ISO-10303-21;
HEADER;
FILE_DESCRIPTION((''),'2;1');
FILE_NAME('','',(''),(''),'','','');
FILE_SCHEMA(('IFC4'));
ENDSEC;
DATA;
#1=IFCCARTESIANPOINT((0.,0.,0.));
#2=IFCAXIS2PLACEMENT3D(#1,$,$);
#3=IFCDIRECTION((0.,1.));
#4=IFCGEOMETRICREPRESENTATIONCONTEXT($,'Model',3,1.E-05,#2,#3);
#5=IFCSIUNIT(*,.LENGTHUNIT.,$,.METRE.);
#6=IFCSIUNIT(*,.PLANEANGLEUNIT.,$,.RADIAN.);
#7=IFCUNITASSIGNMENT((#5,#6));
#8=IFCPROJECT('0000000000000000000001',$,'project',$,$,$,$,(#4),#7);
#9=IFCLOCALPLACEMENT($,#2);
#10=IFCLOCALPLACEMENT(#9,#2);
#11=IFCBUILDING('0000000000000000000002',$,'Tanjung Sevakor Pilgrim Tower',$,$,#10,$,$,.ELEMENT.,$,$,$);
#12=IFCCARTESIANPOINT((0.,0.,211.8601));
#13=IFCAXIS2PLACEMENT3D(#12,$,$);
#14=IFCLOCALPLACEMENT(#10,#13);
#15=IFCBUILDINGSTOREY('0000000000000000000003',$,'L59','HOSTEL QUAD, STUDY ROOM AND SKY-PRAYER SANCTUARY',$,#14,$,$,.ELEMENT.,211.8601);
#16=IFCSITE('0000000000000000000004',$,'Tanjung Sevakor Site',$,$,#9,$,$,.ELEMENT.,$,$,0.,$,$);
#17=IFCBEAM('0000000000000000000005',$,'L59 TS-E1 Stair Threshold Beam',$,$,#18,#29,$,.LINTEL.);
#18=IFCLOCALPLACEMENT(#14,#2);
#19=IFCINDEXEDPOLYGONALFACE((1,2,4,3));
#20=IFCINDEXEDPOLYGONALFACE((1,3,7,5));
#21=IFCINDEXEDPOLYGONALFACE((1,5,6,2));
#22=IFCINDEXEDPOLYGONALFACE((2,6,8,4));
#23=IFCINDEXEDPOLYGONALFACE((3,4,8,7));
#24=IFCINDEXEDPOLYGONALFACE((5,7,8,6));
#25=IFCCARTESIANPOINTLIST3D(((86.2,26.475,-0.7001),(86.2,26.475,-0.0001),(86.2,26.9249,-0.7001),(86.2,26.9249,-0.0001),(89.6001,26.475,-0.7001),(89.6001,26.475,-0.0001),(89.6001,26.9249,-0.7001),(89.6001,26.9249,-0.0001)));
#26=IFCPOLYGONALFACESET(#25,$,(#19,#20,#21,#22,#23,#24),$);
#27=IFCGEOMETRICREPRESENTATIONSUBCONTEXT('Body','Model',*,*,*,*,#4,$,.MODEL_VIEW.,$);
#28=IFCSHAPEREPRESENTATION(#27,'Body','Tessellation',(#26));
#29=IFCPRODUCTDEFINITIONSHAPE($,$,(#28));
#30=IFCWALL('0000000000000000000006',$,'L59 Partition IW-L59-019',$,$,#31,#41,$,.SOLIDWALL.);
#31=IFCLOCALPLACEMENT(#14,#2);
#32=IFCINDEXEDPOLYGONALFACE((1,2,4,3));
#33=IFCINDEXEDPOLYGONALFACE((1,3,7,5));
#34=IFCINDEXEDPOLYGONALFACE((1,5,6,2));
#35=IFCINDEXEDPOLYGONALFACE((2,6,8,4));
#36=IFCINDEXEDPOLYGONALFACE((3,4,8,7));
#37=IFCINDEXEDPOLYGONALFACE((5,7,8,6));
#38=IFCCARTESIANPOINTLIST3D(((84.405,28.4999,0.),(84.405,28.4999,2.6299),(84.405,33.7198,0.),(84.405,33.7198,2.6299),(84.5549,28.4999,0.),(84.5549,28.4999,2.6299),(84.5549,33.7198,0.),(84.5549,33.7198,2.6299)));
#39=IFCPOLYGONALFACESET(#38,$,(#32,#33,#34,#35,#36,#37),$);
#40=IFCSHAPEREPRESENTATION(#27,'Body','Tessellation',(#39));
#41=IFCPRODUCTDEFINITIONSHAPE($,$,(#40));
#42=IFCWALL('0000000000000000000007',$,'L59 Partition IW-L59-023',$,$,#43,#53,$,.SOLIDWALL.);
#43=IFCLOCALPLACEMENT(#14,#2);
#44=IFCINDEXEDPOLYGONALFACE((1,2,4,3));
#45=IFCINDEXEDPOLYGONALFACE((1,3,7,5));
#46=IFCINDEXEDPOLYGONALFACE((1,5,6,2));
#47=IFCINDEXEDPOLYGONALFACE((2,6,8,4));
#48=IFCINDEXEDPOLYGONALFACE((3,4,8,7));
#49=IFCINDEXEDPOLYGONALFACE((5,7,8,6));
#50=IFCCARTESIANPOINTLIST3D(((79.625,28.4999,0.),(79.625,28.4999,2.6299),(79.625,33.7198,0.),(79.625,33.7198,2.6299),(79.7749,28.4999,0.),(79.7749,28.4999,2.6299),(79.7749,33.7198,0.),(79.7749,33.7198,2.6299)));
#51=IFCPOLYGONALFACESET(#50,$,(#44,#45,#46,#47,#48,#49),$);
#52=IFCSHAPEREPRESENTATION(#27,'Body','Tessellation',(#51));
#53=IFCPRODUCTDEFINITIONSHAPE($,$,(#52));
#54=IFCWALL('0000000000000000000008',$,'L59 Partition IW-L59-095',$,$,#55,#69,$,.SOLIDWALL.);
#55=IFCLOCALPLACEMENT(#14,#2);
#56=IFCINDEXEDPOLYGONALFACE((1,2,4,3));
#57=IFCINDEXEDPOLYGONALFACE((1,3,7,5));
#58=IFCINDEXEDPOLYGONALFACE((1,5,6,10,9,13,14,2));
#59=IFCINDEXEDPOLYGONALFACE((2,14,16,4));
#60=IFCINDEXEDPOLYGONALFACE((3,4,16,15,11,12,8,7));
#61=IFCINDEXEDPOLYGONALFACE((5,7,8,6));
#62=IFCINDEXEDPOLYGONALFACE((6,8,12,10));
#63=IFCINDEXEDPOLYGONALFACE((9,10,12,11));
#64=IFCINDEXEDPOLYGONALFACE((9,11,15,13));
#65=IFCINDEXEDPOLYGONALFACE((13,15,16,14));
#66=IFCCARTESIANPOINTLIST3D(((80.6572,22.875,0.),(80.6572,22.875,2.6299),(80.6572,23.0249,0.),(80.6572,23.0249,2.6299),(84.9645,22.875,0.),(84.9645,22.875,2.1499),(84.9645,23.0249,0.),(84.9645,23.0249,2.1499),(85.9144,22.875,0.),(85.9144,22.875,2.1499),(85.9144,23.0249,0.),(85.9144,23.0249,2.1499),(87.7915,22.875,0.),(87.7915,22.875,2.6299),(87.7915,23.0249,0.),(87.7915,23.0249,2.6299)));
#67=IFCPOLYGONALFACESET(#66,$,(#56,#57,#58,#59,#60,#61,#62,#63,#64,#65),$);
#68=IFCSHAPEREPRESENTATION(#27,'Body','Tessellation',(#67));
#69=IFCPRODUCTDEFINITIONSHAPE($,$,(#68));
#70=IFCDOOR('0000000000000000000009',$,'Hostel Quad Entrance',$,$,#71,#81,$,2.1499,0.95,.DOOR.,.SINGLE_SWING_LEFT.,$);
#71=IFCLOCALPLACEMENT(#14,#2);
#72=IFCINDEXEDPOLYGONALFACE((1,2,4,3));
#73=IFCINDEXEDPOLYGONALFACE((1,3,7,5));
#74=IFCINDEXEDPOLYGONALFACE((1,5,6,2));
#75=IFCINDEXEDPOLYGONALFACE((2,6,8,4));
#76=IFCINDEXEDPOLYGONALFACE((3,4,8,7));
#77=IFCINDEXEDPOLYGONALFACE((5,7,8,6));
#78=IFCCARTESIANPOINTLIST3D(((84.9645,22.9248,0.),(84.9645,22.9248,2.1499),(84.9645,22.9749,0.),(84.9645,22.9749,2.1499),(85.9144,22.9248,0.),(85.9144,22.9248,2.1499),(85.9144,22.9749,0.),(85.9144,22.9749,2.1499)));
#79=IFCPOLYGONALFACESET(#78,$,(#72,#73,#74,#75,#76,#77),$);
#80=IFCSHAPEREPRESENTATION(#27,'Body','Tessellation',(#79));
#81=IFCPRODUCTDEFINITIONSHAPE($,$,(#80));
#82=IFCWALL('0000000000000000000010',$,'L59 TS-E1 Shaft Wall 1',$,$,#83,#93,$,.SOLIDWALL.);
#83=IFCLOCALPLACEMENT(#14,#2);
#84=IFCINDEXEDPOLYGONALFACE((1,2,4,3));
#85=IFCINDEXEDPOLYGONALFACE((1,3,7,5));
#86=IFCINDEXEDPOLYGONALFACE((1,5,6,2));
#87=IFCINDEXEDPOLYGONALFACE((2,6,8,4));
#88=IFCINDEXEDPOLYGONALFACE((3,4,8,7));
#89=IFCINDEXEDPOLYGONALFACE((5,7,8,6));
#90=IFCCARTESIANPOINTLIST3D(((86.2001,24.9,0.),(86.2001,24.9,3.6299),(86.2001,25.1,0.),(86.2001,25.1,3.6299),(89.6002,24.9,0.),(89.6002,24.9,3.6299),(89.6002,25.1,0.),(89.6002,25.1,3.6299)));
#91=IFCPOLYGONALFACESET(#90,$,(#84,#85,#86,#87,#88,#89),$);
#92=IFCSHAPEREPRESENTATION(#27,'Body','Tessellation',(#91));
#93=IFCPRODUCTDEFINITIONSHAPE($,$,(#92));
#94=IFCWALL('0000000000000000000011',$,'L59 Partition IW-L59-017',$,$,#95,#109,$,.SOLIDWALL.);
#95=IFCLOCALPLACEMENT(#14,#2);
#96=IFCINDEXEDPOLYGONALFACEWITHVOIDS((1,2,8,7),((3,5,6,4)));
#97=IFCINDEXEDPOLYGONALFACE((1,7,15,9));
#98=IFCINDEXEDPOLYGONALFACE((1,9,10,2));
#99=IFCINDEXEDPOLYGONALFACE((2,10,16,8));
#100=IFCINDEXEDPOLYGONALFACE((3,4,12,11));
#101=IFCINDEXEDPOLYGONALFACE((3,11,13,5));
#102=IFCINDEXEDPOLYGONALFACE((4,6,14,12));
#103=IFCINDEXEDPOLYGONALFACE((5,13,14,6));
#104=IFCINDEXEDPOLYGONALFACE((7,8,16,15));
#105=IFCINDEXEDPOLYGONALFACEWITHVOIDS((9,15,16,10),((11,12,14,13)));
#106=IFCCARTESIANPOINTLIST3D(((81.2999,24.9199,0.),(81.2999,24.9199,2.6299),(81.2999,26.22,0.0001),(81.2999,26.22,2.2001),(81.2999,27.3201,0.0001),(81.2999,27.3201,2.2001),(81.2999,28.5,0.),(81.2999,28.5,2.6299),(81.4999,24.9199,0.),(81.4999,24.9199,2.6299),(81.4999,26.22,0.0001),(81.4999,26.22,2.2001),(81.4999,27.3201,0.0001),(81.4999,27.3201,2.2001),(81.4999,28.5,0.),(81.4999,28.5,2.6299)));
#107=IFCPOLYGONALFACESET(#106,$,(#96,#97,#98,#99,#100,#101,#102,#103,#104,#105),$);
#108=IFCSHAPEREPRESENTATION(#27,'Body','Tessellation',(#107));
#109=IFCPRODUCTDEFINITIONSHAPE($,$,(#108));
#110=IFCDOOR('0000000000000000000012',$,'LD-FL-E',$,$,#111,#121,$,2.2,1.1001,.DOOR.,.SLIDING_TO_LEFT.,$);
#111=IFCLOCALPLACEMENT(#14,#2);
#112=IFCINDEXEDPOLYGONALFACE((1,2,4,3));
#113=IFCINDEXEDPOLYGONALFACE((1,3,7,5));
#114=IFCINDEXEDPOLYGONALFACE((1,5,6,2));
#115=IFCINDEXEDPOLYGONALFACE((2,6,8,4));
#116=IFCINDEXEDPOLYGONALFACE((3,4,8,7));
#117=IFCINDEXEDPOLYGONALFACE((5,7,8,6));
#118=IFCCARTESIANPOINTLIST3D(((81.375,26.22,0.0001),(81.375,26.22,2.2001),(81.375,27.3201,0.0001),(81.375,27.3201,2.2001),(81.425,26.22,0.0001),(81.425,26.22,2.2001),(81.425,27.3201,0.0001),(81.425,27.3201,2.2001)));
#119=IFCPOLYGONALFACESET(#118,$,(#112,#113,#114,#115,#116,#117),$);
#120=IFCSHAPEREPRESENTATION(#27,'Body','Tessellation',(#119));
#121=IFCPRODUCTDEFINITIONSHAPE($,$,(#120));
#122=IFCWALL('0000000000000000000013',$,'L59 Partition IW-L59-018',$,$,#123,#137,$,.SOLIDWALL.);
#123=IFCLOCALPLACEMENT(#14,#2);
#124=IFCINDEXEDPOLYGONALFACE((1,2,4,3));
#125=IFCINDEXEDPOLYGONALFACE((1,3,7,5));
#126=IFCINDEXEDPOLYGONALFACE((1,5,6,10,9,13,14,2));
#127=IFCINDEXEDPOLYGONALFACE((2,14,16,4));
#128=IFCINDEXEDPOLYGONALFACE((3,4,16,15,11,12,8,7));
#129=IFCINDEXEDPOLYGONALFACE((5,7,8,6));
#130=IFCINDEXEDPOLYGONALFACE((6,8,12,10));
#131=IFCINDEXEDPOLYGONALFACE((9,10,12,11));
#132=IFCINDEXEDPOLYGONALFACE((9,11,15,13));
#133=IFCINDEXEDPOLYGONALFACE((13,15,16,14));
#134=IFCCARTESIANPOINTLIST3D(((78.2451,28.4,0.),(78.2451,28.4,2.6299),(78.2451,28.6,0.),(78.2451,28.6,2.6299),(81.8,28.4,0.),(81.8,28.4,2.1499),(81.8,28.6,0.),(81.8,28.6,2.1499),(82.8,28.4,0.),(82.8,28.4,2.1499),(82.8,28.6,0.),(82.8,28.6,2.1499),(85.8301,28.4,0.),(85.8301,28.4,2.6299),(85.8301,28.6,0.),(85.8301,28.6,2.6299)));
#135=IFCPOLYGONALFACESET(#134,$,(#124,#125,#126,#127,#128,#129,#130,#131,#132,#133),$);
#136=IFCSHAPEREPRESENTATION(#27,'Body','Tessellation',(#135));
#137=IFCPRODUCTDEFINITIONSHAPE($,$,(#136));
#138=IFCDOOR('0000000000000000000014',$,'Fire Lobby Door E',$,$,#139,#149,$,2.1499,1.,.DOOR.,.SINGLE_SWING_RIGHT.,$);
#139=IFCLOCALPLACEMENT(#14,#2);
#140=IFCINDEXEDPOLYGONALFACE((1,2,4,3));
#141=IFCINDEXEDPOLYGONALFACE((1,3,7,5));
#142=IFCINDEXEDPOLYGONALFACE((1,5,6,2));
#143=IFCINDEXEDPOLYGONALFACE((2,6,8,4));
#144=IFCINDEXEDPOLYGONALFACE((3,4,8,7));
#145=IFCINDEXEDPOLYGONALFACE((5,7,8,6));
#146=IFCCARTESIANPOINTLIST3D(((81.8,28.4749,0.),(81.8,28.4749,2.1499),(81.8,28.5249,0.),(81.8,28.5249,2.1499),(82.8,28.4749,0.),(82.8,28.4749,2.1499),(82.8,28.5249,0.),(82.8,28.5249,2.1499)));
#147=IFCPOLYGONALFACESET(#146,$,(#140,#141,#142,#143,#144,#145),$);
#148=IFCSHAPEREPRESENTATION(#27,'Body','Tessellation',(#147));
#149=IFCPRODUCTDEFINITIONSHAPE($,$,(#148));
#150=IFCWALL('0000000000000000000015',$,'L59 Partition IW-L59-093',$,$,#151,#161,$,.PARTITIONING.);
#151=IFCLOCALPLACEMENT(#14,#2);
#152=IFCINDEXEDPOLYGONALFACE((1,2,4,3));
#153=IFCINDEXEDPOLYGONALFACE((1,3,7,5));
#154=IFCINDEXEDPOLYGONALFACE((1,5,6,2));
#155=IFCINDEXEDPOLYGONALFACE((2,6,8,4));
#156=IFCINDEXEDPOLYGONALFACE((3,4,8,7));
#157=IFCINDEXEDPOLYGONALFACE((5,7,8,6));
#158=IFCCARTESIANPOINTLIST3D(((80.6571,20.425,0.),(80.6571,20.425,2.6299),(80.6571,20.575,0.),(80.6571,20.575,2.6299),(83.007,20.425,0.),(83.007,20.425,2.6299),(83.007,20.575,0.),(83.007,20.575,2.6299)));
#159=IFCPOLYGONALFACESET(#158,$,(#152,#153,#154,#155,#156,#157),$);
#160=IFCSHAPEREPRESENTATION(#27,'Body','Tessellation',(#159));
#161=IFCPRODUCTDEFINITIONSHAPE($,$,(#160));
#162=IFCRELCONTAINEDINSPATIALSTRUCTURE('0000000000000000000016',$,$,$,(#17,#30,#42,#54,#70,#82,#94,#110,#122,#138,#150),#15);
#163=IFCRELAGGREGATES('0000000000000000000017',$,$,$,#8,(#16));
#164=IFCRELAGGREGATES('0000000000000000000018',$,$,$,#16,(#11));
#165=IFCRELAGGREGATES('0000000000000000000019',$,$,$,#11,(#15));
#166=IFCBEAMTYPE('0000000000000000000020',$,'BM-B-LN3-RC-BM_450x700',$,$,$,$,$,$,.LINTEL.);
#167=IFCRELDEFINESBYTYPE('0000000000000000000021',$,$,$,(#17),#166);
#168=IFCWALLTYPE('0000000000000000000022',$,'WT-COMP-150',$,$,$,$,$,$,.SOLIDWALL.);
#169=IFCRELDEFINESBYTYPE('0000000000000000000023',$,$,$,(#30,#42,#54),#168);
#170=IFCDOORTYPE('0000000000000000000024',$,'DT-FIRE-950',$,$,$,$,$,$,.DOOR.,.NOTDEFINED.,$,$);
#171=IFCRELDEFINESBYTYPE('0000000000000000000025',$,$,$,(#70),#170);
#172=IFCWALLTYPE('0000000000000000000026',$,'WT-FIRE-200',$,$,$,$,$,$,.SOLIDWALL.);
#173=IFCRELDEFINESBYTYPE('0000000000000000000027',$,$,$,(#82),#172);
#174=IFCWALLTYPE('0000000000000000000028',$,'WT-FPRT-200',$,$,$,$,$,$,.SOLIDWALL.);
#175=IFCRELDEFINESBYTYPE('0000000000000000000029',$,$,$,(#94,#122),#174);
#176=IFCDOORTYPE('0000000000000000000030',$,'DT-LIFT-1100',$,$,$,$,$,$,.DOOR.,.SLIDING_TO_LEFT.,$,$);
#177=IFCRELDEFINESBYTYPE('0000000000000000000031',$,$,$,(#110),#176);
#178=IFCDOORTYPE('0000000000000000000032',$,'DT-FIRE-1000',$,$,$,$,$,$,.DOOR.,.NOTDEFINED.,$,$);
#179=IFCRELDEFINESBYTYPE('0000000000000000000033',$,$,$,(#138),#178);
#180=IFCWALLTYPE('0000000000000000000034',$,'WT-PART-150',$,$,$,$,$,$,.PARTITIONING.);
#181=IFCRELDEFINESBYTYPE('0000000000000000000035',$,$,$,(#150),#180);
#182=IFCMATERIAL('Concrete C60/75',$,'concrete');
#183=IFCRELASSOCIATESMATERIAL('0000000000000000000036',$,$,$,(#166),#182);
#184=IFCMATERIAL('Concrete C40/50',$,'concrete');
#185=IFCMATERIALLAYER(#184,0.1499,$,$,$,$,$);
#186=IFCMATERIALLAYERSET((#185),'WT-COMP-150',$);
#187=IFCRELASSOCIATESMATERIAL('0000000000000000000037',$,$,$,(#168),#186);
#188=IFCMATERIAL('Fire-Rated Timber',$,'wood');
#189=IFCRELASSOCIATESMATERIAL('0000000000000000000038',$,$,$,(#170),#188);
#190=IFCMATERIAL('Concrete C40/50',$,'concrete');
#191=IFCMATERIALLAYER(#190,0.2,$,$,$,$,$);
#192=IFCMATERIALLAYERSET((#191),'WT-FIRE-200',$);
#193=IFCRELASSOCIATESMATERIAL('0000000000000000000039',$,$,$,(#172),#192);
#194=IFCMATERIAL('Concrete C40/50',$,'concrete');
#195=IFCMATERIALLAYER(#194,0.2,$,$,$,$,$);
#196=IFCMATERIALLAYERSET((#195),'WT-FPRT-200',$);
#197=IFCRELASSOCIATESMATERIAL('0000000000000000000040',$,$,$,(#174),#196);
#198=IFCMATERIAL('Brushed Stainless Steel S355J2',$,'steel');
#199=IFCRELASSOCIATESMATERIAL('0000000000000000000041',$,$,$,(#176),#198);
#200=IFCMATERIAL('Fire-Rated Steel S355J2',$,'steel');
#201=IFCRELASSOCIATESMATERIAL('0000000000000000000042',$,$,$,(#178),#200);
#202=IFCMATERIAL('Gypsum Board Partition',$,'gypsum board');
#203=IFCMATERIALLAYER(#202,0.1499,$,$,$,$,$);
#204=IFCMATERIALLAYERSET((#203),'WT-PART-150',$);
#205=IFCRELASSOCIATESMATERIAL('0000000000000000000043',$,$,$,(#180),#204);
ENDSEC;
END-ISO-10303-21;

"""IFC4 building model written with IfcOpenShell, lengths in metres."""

from ifc_helpers import new_model, si_unit, direction, frame, frame_2d, origin, origin_2d, place, context, subcontext, project, spatial, rectangle, extrude, material, layer, layer_set, material_profile, profile_set, type_object, element, fill, save


model = new_model("IFC4")

# Units and contexts
model_context = context("Model", 3, precision=1e-05, world=origin(), true_north=direction((0.0, 1.0)))
body_context = subcontext(model_context, "Body", "Model", "MODEL_VIEW")
ifc_project = project(units=[si_unit("LENGTHUNIT", "METRE"), si_unit("PLANEANGLEUNIT", "RADIAN")], contexts=[model_context])

# Site, building, storey
site_placement = place(None, origin())
site = spatial("IfcSite", under=ifc_project, at=site_placement, Name="Tanjung Sevakor Site", CompositionType="ELEMENT", RefElevation=0.0)
building_placement = place(site_placement, origin())
building = spatial("IfcBuilding", under=site, at=building_placement, Name="Tanjung Sevakor Pilgrim Tower", CompositionType="ELEMENT")
storey_placement = place(building_placement, frame((0.0, 0.0, 211.8601)))
storey = spatial("IfcBuildingStorey", under=building, at=storey_placement, Name="L59", Description="HOSTEL QUAD, STUDY ROOM AND SKY-PRAYER SANCTUARY", CompositionType="ELEMENT", Elevation=211.8601)

# Beam
ifc_material_1 = material(Name="Concrete C60/75", Category="concrete")
ifc_material_profile = material_profile(ifc_material_1, rectangle(XDim=0.45, YDim=0.7, at=origin_2d()))
ifc_profile_set = profile_set([ifc_material_profile], Name="Concrete C60/75")
beam_type = type_object("IfcBeamType", Name="BM-B-LN3-RC-BM_450x700", PredefinedType="LINTEL", material=ifc_profile_set)
beam_placement = place(storey_placement, frame((86.2, 26.7, -0.3501), z_axis=(1.0, 0.0, 0.0), x_axis=(0.0, 1.0, 0.0)))
element("IfcBeam", 1, at=beam_placement, inside=storey, type_object=beam_type, Name="L59 TS-E1 Stair Threshold Beam", PredefinedType="LINTEL", context=body_context, shape_type="SweptSolid", body=[
    extrude(rectangle(XDim=0.45, YDim=0.7, at=origin_2d()), origin(), (0.0, 0.0, 1.0), 3.4001),
])

# Wall
ifc_material_2 = material(Name="Concrete C40/50", Category="concrete")
ifc_layer_1 = layer(ifc_material_2, 0.1499)
ifc_layer_set_1 = layer_set([ifc_layer_1], Name="WT-COMP-150")
wall_type_1 = type_object("IfcWallType", Name="WT-COMP-150", PredefinedType="SOLIDWALL", material=ifc_layer_set_1)
wall_1_placement = place(storey_placement, frame((84.48, 28.5, 0.0), z_axis=(0.0, 0.0, 1.0), x_axis=(0.0, 1.0, 0.0)))
element("IfcWall", 2, at=wall_1_placement, inside=storey, type_object=wall_type_1, Name="L59 Partition IW-L59-019", PredefinedType="SOLIDWALL", context=body_context, shape_type="SweptSolid", body=[
    extrude(rectangle(XDim=5.22, YDim=0.1499, at=frame_2d((2.6099, 0.0))), origin(), (0.0, 0.0, 1.0), 2.6299),
])

# Shared definitions
ifc_material_3 = material(Name="Fire-Rated Timber", Category="wood")
door_type_1 = type_object("IfcDoorType", Name="DT-FIRE-950", OperationType="NOTDEFINED", PredefinedType="DOOR", material=ifc_material_3)

# Wall
wall_2_placement = place(storey_placement, frame((79.7, 28.5, 0.0), z_axis=(0.0, 0.0, 1.0), x_axis=(0.0, 1.0, 0.0)))
element("IfcWall", 3, at=wall_2_placement, inside=storey, type_object=wall_type_1, Name="L59 Partition IW-L59-023", PredefinedType="SOLIDWALL", context=body_context, shape_type="SweptSolid", body=[
    extrude(rectangle(XDim=5.22, YDim=0.1499, at=frame_2d((2.6099, 0.0))), origin(), (0.0, 0.0, 1.0), 2.6299),
])

# Wall, opening, door
wall_3_placement = place(storey_placement, frame((80.6572, 22.95, 0.0), z_axis=(0.0, 0.0, 1.0), x_axis=(1.0, 0.0, 0.0)))
wall_3 = element("IfcWall", 4, at=wall_3_placement, inside=storey, type_object=wall_type_1, Name="L59 Partition IW-L59-095", PredefinedType="SOLIDWALL", context=body_context, shape_type="SweptSolid", body=[
    extrude(rectangle(XDim=7.1343, YDim=0.1499, at=frame_2d((3.5671, 0.0))), origin(), (0.0, 0.0, 1.0), 2.6299),
])
opening_1_placement = place(wall_3_placement, frame((4.3071, 0.0, 0.0)))
opening_1 = element("IfcOpeningElement", 5, at=opening_1_placement, cuts=wall_3, PredefinedType="OPENING", context=body_context, shape_type="SweptSolid", body=[
    extrude(rectangle(XDim=0.95, YDim=2.1499, at=frame_2d((0.4751, 1.075))), frame((0.0, 0.085, 0.0), z_axis=(0.0, -1.0, 0.0), x_axis=(1.0, 0.0, 0.0)), (0.0, 0.0, 1.0), 0.1699),
])
door_1_placement = place(opening_1_placement, origin())
door_1 = element("IfcDoor", 6, at=door_1_placement, inside=storey, type_object=door_type_1, Name="Hostel Quad Entrance", OperationType="SINGLE_SWING_LEFT", OverallHeight=2.1499, OverallWidth=0.95, PredefinedType="DOOR", context=body_context, shape_type="SweptSolid", body=[
    extrude(rectangle(XDim=0.95, YDim=2.1499, at=frame_2d((0.4751, 1.075))), frame((0.0, 0.0249, 0.0), z_axis=(0.0, -1.0, 0.0), x_axis=(1.0, 0.0, 0.0)), (0.0, 0.0, 1.0), 0.05),
])
fill(opening_1, door_1)

# Wall
ifc_material_4 = material(Name="Concrete C40/50", Category="concrete")
ifc_layer_2 = layer(ifc_material_4, 0.2)
ifc_layer_set_2 = layer_set([ifc_layer_2], Name="WT-FIRE-200")
wall_type_2 = type_object("IfcWallType", Name="WT-FIRE-200", PredefinedType="SOLIDWALL", material=ifc_layer_set_2)
wall_4_placement = place(storey_placement, frame((86.2, 25.0, 0.0), z_axis=(0.0, 0.0, 1.0), x_axis=(1.0, 0.0, 0.0)))
element("IfcWall", 7, at=wall_4_placement, inside=storey, type_object=wall_type_2, Name="L59 TS-E1 Shaft Wall 1", PredefinedType="SOLIDWALL", context=body_context, shape_type="SweptSolid", body=[
    extrude(rectangle(XDim=3.4001, YDim=0.2, at=frame_2d((1.7002, 0.0))), origin(), (0.0, 0.0, 1.0), 3.6299),
])

# Walls, openings, doors
ifc_material_5 = material(Name="Concrete C40/50", Category="concrete")
ifc_layer_3 = layer(ifc_material_5, 0.2)
ifc_layer_set_3 = layer_set([ifc_layer_3], Name="WT-FPRT-200")
wall_type_3 = type_object("IfcWallType", Name="WT-FPRT-200", PredefinedType="SOLIDWALL", material=ifc_layer_set_3)
wall_5_placement = place(storey_placement, frame((81.3999, 24.9199, 0.0), z_axis=(0.0, 0.0, 1.0), x_axis=(0.0, 1.0, 0.0)))
wall_5 = element("IfcWall", 8, at=wall_5_placement, inside=storey, type_object=wall_type_3, Name="L59 Partition IW-L59-017", PredefinedType="SOLIDWALL", context=body_context, shape_type="SweptSolid", body=[
    extrude(rectangle(XDim=3.5801, YDim=0.2, at=frame_2d((1.79, 0.0))), origin(), (0.0, 0.0, 1.0), 2.6299),
])
opening_2_placement = place(wall_5_placement, frame((1.3, 0.0, 0.0)))
opening_2 = element("IfcOpeningElement", 9, at=opening_2_placement, cuts=wall_5, PredefinedType="OPENING", context=body_context, shape_type="SweptSolid", body=[
    extrude(rectangle(XDim=1.1001, YDim=2.2, at=frame_2d((0.55, 1.1001))), frame((0.0, 0.1099, 0.0), z_axis=(0.0, -1.0, 0.0), x_axis=(1.0, 0.0, 0.0)), (0.0, 0.0, 1.0), 0.22),
])
ifc_material_6 = material(Name="Brushed Stainless Steel S355J2", Category="steel")
door_type_2 = type_object("IfcDoorType", Name="DT-LIFT-1100", OperationType="SLIDING_TO_LEFT", PredefinedType="DOOR", material=ifc_material_6)
door_2_placement = place(opening_2_placement, origin())
door_2 = element("IfcDoor", 10, at=door_2_placement, inside=storey, type_object=door_type_2, Name="LD-FL-E", OperationType="SLIDING_TO_LEFT", OverallHeight=2.2, OverallWidth=1.1001, PredefinedType="DOOR", context=body_context, shape_type="SweptSolid", body=[
    extrude(rectangle(XDim=1.1001, YDim=2.2, at=frame_2d((0.55, 1.1001))), frame((0.0, 0.0249, 0.0), z_axis=(0.0, -1.0, 0.0), x_axis=(1.0, 0.0, 0.0)), (0.0, 0.0, 1.0), 0.05),
])
fill(opening_2, door_2)
wall_6_placement = place(storey_placement, frame((78.2451, 28.5, 0.0), z_axis=(0.0, 0.0, 1.0), x_axis=(1.0, 0.0, 0.0)))
wall_6 = element("IfcWall", 11, at=wall_6_placement, inside=storey, type_object=wall_type_3, Name="L59 Partition IW-L59-018", PredefinedType="SOLIDWALL", context=body_context, shape_type="SweptSolid", body=[
    extrude(rectangle(XDim=7.585, YDim=0.2, at=frame_2d((3.7925, 0.0))), origin(), (0.0, 0.0, 1.0), 2.6299),
])
opening_3_placement = place(wall_6_placement, frame((3.5549, 0.0, 0.0)))
opening_3 = element("IfcOpeningElement", 12, at=opening_3_placement, cuts=wall_6, PredefinedType="OPENING", context=body_context, shape_type="SweptSolid", body=[
    extrude(rectangle(XDim=1.0, YDim=2.1499, at=frame_2d((0.5, 1.075))), frame((0.0, 0.1099, 0.0), z_axis=(0.0, -1.0, 0.0), x_axis=(1.0, 0.0, 0.0)), (0.0, 0.0, 1.0), 0.22),
])
ifc_material_7 = material(Name="Fire-Rated Steel S355J2", Category="steel")
door_type_3 = type_object("IfcDoorType", Name="DT-FIRE-1000", OperationType="NOTDEFINED", PredefinedType="DOOR", material=ifc_material_7)
door_3_placement = place(opening_3_placement, origin())
door_3 = element("IfcDoor", 13, at=door_3_placement, inside=storey, type_object=door_type_3, Name="Fire Lobby Door E", OperationType="SINGLE_SWING_RIGHT", OverallHeight=2.1499, OverallWidth=1.0, PredefinedType="DOOR", context=body_context, shape_type="SweptSolid", body=[
    extrude(rectangle(XDim=1.0, YDim=2.1499, at=frame_2d((0.5, 1.075))), frame((0.0, 0.0249, 0.0), z_axis=(0.0, -1.0, 0.0), x_axis=(1.0, 0.0, 0.0)), (0.0, 0.0, 1.0), 0.05),
])
fill(opening_3, door_3)

# Wall
ifc_material_8 = material(Name="Gypsum Board Partition", Category="gypsum board")
ifc_layer_4 = layer(ifc_material_8, 0.1499)
ifc_layer_set_4 = layer_set([ifc_layer_4], Name="WT-PART-150")
wall_type_4 = type_object("IfcWallType", Name="WT-PART-150", PredefinedType="PARTITIONING", material=ifc_layer_set_4)
wall_7_placement = place(storey_placement, frame((80.6572, 20.5, 0.0), z_axis=(0.0, 0.0, 1.0), x_axis=(1.0, 0.0, 0.0)))
element("IfcWall", 14, at=wall_7_placement, inside=storey, type_object=wall_type_4, Name="L59 Partition IW-L59-093", PredefinedType="PARTITIONING", context=body_context, shape_type="SweptSolid", body=[
    extrude(rectangle(XDim=2.3499, YDim=0.1499, at=frame_2d((1.1748, 0.0))), origin(), (0.0, 0.0, 1.0), 2.6299),
])

save(model, "model.ifc")
